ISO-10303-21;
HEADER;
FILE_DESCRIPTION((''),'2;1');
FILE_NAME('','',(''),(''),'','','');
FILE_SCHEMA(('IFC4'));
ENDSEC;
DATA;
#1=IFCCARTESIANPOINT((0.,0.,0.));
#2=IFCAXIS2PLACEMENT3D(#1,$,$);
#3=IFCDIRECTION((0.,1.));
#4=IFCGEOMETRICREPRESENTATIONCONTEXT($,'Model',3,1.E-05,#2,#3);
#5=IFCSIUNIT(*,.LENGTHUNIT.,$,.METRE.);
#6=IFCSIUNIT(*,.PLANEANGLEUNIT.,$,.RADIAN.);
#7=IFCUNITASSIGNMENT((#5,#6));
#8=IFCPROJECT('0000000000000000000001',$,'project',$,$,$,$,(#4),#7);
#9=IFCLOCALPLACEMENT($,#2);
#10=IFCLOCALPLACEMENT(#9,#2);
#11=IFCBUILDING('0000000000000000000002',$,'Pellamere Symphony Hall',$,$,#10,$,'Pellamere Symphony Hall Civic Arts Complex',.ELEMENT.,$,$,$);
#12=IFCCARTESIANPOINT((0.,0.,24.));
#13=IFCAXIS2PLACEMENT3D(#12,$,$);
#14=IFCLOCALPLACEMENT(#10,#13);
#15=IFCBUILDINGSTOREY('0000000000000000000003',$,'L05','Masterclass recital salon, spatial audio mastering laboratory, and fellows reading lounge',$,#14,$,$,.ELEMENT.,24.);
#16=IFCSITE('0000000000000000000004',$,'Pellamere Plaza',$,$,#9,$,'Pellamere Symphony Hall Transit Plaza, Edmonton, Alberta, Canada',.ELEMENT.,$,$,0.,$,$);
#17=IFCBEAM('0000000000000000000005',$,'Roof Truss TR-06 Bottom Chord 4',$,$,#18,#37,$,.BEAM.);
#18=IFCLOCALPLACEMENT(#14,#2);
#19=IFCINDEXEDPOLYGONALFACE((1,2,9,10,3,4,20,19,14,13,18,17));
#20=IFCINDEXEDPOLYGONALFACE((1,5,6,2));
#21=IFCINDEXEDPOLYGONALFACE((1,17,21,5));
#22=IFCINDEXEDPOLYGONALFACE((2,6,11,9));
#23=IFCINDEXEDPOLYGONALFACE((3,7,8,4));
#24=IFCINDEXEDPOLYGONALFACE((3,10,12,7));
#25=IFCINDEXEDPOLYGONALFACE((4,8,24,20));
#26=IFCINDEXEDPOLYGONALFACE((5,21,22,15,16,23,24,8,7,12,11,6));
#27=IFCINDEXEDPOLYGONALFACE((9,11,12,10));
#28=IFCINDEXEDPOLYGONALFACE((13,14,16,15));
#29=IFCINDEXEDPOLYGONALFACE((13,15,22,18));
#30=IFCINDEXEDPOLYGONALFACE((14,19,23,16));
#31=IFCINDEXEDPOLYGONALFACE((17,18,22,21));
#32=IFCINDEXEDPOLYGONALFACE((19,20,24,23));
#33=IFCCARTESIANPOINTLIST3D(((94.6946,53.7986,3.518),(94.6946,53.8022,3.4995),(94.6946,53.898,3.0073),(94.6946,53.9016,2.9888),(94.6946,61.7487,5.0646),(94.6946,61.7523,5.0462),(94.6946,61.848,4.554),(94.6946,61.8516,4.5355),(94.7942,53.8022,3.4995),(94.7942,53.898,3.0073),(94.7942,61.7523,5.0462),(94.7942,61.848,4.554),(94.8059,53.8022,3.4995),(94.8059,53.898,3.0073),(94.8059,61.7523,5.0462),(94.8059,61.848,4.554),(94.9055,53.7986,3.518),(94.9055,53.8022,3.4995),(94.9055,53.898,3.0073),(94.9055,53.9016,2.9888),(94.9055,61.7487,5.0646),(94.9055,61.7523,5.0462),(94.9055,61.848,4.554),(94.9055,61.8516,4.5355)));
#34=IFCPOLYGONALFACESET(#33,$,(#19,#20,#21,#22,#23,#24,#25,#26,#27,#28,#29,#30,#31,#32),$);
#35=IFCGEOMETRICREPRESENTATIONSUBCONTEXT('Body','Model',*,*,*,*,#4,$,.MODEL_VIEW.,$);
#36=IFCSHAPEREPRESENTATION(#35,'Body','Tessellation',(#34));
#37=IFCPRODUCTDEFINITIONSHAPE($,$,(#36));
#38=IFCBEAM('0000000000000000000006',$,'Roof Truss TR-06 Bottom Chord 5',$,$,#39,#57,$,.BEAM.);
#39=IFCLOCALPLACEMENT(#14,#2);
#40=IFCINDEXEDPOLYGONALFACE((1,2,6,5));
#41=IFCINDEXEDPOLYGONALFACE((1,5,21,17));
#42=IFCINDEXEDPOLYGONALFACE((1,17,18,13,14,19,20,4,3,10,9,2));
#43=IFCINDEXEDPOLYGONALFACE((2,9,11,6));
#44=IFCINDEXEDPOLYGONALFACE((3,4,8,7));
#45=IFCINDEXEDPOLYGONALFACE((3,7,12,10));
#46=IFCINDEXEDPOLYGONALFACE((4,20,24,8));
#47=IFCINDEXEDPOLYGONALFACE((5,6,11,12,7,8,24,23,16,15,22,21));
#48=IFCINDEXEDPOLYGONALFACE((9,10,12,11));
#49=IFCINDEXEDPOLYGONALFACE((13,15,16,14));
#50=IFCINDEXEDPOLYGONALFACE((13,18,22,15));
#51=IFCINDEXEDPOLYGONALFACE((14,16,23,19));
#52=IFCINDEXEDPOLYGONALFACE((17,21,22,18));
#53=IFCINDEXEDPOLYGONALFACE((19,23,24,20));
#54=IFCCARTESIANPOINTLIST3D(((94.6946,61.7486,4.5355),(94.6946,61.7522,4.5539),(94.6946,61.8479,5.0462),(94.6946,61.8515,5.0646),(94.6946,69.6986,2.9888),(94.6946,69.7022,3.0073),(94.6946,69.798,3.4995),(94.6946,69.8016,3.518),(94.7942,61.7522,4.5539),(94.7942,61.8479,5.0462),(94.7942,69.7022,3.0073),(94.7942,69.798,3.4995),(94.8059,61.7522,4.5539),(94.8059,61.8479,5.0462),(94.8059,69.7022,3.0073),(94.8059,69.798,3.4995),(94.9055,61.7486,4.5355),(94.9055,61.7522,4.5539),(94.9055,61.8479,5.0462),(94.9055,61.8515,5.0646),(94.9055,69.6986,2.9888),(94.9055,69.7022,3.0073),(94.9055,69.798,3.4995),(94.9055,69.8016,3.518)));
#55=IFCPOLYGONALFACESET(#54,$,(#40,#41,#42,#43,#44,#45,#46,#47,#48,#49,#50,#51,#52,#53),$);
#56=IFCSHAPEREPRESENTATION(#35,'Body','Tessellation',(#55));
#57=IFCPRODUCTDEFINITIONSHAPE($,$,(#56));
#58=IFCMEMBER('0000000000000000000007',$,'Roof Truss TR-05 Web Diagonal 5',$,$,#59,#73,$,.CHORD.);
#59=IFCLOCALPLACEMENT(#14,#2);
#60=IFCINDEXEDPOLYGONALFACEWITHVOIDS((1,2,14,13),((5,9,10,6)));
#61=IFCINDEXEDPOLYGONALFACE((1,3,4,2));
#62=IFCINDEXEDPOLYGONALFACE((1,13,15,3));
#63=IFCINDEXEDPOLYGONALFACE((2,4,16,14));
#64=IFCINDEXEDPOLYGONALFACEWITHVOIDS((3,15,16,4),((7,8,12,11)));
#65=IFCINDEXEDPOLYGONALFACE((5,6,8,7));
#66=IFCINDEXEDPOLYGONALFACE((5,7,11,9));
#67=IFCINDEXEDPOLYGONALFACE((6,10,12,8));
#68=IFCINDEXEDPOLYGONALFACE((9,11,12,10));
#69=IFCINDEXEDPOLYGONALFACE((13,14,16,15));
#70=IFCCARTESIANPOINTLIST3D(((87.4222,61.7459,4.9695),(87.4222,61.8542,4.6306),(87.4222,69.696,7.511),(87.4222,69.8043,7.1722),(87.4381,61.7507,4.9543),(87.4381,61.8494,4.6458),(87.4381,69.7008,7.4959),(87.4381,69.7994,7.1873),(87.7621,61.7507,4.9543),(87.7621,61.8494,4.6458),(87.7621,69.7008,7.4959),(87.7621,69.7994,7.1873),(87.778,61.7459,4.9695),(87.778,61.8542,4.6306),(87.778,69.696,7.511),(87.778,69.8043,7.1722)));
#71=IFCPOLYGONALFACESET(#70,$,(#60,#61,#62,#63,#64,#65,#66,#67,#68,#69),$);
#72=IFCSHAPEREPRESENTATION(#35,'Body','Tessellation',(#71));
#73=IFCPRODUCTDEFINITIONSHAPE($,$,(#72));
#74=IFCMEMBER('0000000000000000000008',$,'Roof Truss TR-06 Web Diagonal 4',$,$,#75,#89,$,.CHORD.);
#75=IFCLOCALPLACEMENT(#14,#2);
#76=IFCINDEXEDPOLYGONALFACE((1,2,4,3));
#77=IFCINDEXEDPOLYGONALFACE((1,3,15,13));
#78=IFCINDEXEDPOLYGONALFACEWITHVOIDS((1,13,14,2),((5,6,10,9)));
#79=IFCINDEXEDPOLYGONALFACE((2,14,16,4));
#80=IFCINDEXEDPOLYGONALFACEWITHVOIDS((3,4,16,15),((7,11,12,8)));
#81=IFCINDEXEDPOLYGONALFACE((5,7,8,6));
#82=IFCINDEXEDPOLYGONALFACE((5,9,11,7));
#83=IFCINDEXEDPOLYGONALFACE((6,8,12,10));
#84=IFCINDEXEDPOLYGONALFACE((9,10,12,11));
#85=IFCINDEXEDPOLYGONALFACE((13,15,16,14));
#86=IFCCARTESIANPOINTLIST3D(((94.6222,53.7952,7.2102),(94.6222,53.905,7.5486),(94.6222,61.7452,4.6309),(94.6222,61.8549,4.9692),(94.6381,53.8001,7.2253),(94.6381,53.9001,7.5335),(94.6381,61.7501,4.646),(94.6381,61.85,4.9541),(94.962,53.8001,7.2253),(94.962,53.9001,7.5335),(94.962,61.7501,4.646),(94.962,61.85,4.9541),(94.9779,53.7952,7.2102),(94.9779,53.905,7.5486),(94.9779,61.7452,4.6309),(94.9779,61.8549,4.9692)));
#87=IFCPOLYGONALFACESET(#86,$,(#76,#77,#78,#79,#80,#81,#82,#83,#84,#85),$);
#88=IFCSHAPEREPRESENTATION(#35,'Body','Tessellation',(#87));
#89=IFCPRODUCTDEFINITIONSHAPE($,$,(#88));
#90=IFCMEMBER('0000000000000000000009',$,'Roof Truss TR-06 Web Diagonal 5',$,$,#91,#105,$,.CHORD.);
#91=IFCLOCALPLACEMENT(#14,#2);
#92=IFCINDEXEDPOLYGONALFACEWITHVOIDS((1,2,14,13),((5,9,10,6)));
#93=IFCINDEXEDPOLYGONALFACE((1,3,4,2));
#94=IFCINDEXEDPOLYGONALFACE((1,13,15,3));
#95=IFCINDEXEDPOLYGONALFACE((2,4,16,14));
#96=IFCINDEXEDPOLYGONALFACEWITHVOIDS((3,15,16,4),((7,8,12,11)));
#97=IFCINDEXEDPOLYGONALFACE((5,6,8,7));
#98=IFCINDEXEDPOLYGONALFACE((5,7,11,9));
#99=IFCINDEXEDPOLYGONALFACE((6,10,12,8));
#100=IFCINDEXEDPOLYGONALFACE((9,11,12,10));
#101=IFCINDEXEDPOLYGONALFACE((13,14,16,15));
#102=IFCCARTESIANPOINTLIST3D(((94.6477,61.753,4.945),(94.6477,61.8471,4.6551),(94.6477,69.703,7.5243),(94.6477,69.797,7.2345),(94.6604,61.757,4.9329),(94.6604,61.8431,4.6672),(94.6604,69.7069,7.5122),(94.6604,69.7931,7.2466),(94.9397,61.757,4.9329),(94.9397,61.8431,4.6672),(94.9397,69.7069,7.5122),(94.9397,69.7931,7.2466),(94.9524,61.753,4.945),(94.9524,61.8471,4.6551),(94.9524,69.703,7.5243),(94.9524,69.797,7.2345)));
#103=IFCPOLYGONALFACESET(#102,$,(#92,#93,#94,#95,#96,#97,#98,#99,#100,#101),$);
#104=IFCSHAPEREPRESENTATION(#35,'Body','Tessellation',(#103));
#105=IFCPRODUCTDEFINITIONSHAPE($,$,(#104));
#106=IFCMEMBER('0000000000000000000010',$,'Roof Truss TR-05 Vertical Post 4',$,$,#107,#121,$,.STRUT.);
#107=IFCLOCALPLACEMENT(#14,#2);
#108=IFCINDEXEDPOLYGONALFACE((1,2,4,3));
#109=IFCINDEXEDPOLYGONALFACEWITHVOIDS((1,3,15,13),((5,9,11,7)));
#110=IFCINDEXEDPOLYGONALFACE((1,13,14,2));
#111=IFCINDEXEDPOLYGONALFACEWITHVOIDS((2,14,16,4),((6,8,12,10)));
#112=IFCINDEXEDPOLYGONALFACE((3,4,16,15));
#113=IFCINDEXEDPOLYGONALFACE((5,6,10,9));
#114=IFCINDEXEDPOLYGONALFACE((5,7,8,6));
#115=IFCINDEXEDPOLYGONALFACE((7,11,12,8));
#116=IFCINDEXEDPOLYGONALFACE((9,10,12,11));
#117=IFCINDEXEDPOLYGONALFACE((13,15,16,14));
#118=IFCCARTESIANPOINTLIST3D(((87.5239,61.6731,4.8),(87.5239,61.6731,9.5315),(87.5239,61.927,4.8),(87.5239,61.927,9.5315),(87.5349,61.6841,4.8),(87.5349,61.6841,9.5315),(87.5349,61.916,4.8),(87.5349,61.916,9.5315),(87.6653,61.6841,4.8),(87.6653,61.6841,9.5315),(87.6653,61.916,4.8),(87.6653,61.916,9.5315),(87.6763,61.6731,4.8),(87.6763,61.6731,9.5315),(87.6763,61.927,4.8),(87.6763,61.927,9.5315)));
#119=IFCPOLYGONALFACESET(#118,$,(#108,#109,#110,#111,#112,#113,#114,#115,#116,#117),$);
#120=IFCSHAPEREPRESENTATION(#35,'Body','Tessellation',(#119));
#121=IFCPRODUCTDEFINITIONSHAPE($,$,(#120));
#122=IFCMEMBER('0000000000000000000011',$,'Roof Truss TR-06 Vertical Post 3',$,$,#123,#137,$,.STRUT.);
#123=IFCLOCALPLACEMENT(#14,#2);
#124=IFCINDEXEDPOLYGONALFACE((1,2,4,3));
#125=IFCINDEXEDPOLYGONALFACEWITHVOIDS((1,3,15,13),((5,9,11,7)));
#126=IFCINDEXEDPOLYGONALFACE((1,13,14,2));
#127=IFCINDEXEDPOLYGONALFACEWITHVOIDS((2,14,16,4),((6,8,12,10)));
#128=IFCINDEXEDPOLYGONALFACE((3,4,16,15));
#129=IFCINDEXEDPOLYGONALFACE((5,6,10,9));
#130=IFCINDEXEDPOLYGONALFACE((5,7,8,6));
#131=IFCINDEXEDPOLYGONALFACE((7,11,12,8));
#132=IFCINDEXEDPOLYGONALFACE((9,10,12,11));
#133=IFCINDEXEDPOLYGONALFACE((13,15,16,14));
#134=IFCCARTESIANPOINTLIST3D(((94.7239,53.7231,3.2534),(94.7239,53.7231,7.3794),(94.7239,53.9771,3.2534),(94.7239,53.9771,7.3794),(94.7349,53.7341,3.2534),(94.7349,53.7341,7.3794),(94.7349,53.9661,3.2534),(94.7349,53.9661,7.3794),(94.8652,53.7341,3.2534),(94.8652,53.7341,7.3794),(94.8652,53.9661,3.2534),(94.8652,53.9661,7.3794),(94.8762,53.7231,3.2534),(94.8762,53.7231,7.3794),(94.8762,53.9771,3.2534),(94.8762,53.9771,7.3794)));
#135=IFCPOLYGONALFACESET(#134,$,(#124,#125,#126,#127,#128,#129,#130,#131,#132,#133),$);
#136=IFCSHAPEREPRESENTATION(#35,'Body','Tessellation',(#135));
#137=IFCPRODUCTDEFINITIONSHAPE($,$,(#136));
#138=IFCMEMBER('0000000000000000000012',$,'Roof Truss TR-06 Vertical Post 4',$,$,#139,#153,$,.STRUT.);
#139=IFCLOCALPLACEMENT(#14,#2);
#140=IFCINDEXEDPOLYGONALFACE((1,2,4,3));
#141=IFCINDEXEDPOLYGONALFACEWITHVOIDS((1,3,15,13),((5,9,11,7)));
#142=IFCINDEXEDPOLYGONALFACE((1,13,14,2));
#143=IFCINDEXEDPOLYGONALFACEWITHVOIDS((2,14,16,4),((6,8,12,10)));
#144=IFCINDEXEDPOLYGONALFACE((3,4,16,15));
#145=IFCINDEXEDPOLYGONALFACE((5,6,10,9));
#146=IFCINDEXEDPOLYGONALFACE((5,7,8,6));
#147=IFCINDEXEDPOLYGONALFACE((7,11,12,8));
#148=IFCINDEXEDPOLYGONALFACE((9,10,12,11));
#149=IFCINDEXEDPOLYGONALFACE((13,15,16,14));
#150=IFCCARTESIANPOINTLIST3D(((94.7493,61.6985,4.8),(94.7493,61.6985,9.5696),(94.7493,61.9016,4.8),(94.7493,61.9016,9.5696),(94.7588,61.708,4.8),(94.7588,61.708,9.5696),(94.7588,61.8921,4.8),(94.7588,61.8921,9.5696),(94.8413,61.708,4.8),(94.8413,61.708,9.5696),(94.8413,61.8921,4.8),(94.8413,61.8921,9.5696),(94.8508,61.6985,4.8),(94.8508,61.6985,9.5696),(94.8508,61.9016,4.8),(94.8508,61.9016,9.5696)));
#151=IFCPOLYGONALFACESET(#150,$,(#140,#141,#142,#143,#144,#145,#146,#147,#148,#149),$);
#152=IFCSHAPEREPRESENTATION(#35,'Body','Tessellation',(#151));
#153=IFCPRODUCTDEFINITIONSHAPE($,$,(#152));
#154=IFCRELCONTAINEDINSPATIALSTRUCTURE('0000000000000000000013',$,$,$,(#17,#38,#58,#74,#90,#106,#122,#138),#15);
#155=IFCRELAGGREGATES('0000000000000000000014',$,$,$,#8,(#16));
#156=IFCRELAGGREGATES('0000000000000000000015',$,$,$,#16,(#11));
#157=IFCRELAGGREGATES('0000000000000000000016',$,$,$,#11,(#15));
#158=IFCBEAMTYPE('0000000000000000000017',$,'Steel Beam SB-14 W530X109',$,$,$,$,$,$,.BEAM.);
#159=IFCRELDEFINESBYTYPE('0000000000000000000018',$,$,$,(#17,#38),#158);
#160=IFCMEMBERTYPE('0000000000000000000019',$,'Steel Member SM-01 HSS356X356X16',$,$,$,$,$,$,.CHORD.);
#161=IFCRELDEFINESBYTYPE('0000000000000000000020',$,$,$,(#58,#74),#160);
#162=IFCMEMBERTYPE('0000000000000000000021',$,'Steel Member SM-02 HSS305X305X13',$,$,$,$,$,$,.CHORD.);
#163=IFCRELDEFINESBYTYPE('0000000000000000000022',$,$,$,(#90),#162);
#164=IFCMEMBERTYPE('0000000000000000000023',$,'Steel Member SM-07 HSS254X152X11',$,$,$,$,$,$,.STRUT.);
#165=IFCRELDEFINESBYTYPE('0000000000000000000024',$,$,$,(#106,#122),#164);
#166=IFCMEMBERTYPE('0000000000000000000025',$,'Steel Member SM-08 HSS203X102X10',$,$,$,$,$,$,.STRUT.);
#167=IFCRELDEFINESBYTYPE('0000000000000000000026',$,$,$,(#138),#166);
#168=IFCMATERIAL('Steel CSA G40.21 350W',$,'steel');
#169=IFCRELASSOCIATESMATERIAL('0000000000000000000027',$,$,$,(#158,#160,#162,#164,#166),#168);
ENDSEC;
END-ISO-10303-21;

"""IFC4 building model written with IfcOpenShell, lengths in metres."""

from ifc_helpers import new_model, si_unit, direction, frame, origin, origin_2d, place, context, subcontext, project, spatial, hollow_rectangle, i_section, extrude, material, material_profile, profile_set, type_object, element, save


model = new_model("IFC4")

# Units and contexts
model_context = context("Model", 3, precision=1e-05, world=origin(), true_north=direction((0.0, 1.0)))
body_context = subcontext(model_context, "Body", "Model", "MODEL_VIEW")
ifc_project = project(units=[si_unit("LENGTHUNIT", "METRE"), si_unit("PLANEANGLEUNIT", "RADIAN")], contexts=[model_context])

# Site, building, storey
site_placement = place(None, origin())
site = spatial("IfcSite", under=ifc_project, at=site_placement, Name="Pellamere Plaza", LongName="Pellamere Symphony Hall Transit Plaza, Edmonton, Alberta, Canada", CompositionType="ELEMENT", RefElevation=0.0)
building_placement = place(site_placement, origin())
building = spatial("IfcBuilding", under=site, at=building_placement, Name="Pellamere Symphony Hall", LongName="Pellamere Symphony Hall Civic Arts Complex", CompositionType="ELEMENT")
storey_placement = place(building_placement, frame((0.0, 0.0, 24.0)))
storey = spatial("IfcBuildingStorey", under=building, at=storey_placement, Name="L05", Description="Masterclass recital salon, spatial audio mastering laboratory, and fellows reading lounge", CompositionType="ELEMENT", Elevation=24.0)

# Beams
ifc_material = material(Name="Steel CSA G40.21 350W", Category="steel")
ifc_material_profile_1 = material_profile(ifc_material, i_section(OverallWidth=0.2109, OverallDepth=0.5391, WebThickness=0.0117, FlangeThickness=0.0188, at=origin_2d()), Name="W530X109")
ifc_profile_set_1 = profile_set([ifc_material_profile_1], Name="Steel CSA G40.21 350W")
beam_type_1 = type_object("IfcBeamType", Name="Steel Beam SB-14 W530X109", PredefinedType="BEAM", material=ifc_profile_set_1)
for number, where, z_axis, x_axis, name in (
    (1, (94.8, 53.8501, 3.2534), (0.0, 0.981597, 0.190966), (-1.0, 0.0, 0.0), "Roof Truss TR-06 Bottom Chord 4"),
    (2, (94.8, 61.8, 4.8), (0.0, 0.981597, -0.190966), (-1.0, 0.0, 0.0), "Roof Truss TR-06 Bottom Chord 5"),
):
    element("IfcBeam", number, at=place(storey_placement, frame(where, z_axis=z_axis, x_axis=x_axis)), inside=storey, type_object=beam_type_1, Name=name, PredefinedType="BEAM", context=body_context, shape_type="SweptSolid", body=[
        extrude(i_section(OverallWidth=0.2109, OverallDepth=0.5391, WebThickness=0.0117, FlangeThickness=0.0188, at=origin_2d()), origin(), (0.0, 0.0, 1.0), 8.0991),
    ])

# Members
ifc_material_profile_2 = material_profile(ifc_material, hollow_rectangle(XDim=0.3557, YDim=0.3557, WallThickness=0.0159, at=origin_2d()), Name="HSS356X356X16")
ifc_profile_set_2 = profile_set([ifc_material_profile_2], Name="Steel CSA G40.21 350W")
member_type_1 = type_object("IfcMemberType", Name="Steel Member SM-01 HSS356X356X16", PredefinedType="CHORD", material=ifc_profile_set_2)
member_1_placement = place(storey_placement, frame((87.6001, 61.8, 4.8), z_axis=(0.0, 0.95251, 0.304506), x_axis=(-1.0, 0.0, 0.0)))
element("IfcMember", 3, at=member_1_placement, inside=storey, type_object=member_type_1, Name="Roof Truss TR-05 Web Diagonal 5", PredefinedType="CHORD", context=body_context, shape_type="SweptSolid", body=[
    extrude(hollow_rectangle(XDim=0.3557, YDim=0.3557, WallThickness=0.0159, at=origin_2d()), origin(), (0.0, 0.0, 1.0), 8.3464),
])
member_2_placement = place(storey_placement, frame((94.8, 53.8501, 7.3794), z_axis=(0.0, 0.951188, -0.308611), x_axis=(-1.0, 0.0, 0.0)))
element("IfcMember", 4, at=member_2_placement, inside=storey, type_object=member_type_1, Name="Roof Truss TR-06 Web Diagonal 4", PredefinedType="CHORD", context=body_context, shape_type="SweptSolid", body=[
    extrude(hollow_rectangle(XDim=0.3557, YDim=0.3557, WallThickness=0.0159, at=origin_2d()), origin(), (0.0, 0.0, 1.0), 8.3579),
])
ifc_material_profile_3 = material_profile(ifc_material, hollow_rectangle(XDim=0.3047, YDim=0.3047, WallThickness=0.0127, at=origin_2d()), Name="HSS305X305X13")
ifc_profile_set_3 = profile_set([ifc_material_profile_3], Name="Steel CSA G40.21 350W")
member_type_2 = type_object("IfcMemberType", Name="Steel Member SM-02 HSS305X305X13", PredefinedType="CHORD", material=ifc_profile_set_3)
member_3_placement = place(storey_placement, frame((94.8, 61.8, 4.8), z_axis=(0.0, 0.951188, 0.308611), x_axis=(-1.0, 0.0, 0.0)))
element("IfcMember", 5, at=member_3_placement, inside=storey, type_object=member_type_2, Name="Roof Truss TR-06 Web Diagonal 5", PredefinedType="CHORD", context=body_context, shape_type="SweptSolid", body=[
    extrude(hollow_rectangle(XDim=0.3047, YDim=0.3047, WallThickness=0.0127, at=origin_2d()), origin(), (0.0, 0.0, 1.0), 8.3579),
])
ifc_material_profile_4 = material_profile(ifc_material, hollow_rectangle(XDim=0.1523, YDim=0.2539, WallThickness=0.011, at=origin_2d()), Name="HSS254X152X11")
ifc_profile_set_4 = profile_set([ifc_material_profile_4], Name="Steel CSA G40.21 350W")
member_type_3 = type_object("IfcMemberType", Name="Steel Member SM-07 HSS254X152X11", PredefinedType="STRUT", material=ifc_profile_set_4)
member_4_placement = place(storey_placement, frame((87.6001, 61.8, 4.8), z_axis=(0.0, 0.0, 1.0), x_axis=(1.0, 0.0, 0.0)))
element("IfcMember", 6, at=member_4_placement, inside=storey, type_object=member_type_3, Name="Roof Truss TR-05 Vertical Post 4", PredefinedType="STRUT", context=body_context, shape_type="SweptSolid", body=[
    extrude(hollow_rectangle(XDim=0.1523, YDim=0.2539, WallThickness=0.011, at=origin_2d()), origin(), (0.0, 0.0, 1.0), 4.7314),
])
member_5_placement = place(storey_placement, frame((94.8, 53.8501, 3.2534), z_axis=(0.0, 0.0, 1.0), x_axis=(1.0, 0.0, 0.0)))
element("IfcMember", 7, at=member_5_placement, inside=storey, type_object=member_type_3, Name="Roof Truss TR-06 Vertical Post 3", PredefinedType="STRUT", context=body_context, shape_type="SweptSolid", body=[
    extrude(hollow_rectangle(XDim=0.1523, YDim=0.2539, WallThickness=0.011, at=origin_2d()), origin(), (0.0, 0.0, 1.0), 4.126),
])
ifc_material_profile_5 = material_profile(ifc_material, hollow_rectangle(XDim=0.1016, YDim=0.2031, WallThickness=0.0095, at=origin_2d()), Name="HSS203X102X10")
ifc_profile_set_5 = profile_set([ifc_material_profile_5], Name="Steel CSA G40.21 350W")
member_type_4 = type_object("IfcMemberType", Name="Steel Member SM-08 HSS203X102X10", PredefinedType="STRUT", material=ifc_profile_set_5)
member_6_placement = place(storey_placement, frame((94.8, 61.8, 4.8), z_axis=(0.0, 0.0, 1.0), x_axis=(1.0, 0.0, 0.0)))
element("IfcMember", 8, at=member_6_placement, inside=storey, type_object=member_type_4, Name="Roof Truss TR-06 Vertical Post 4", PredefinedType="STRUT", context=body_context, shape_type="SweptSolid", body=[
    extrude(hollow_rectangle(XDim=0.1016, YDim=0.2031, WallThickness=0.0095, at=origin_2d()), origin(), (0.0, 0.0, 1.0), 4.7695),
])

save(model, "model.ifc")
